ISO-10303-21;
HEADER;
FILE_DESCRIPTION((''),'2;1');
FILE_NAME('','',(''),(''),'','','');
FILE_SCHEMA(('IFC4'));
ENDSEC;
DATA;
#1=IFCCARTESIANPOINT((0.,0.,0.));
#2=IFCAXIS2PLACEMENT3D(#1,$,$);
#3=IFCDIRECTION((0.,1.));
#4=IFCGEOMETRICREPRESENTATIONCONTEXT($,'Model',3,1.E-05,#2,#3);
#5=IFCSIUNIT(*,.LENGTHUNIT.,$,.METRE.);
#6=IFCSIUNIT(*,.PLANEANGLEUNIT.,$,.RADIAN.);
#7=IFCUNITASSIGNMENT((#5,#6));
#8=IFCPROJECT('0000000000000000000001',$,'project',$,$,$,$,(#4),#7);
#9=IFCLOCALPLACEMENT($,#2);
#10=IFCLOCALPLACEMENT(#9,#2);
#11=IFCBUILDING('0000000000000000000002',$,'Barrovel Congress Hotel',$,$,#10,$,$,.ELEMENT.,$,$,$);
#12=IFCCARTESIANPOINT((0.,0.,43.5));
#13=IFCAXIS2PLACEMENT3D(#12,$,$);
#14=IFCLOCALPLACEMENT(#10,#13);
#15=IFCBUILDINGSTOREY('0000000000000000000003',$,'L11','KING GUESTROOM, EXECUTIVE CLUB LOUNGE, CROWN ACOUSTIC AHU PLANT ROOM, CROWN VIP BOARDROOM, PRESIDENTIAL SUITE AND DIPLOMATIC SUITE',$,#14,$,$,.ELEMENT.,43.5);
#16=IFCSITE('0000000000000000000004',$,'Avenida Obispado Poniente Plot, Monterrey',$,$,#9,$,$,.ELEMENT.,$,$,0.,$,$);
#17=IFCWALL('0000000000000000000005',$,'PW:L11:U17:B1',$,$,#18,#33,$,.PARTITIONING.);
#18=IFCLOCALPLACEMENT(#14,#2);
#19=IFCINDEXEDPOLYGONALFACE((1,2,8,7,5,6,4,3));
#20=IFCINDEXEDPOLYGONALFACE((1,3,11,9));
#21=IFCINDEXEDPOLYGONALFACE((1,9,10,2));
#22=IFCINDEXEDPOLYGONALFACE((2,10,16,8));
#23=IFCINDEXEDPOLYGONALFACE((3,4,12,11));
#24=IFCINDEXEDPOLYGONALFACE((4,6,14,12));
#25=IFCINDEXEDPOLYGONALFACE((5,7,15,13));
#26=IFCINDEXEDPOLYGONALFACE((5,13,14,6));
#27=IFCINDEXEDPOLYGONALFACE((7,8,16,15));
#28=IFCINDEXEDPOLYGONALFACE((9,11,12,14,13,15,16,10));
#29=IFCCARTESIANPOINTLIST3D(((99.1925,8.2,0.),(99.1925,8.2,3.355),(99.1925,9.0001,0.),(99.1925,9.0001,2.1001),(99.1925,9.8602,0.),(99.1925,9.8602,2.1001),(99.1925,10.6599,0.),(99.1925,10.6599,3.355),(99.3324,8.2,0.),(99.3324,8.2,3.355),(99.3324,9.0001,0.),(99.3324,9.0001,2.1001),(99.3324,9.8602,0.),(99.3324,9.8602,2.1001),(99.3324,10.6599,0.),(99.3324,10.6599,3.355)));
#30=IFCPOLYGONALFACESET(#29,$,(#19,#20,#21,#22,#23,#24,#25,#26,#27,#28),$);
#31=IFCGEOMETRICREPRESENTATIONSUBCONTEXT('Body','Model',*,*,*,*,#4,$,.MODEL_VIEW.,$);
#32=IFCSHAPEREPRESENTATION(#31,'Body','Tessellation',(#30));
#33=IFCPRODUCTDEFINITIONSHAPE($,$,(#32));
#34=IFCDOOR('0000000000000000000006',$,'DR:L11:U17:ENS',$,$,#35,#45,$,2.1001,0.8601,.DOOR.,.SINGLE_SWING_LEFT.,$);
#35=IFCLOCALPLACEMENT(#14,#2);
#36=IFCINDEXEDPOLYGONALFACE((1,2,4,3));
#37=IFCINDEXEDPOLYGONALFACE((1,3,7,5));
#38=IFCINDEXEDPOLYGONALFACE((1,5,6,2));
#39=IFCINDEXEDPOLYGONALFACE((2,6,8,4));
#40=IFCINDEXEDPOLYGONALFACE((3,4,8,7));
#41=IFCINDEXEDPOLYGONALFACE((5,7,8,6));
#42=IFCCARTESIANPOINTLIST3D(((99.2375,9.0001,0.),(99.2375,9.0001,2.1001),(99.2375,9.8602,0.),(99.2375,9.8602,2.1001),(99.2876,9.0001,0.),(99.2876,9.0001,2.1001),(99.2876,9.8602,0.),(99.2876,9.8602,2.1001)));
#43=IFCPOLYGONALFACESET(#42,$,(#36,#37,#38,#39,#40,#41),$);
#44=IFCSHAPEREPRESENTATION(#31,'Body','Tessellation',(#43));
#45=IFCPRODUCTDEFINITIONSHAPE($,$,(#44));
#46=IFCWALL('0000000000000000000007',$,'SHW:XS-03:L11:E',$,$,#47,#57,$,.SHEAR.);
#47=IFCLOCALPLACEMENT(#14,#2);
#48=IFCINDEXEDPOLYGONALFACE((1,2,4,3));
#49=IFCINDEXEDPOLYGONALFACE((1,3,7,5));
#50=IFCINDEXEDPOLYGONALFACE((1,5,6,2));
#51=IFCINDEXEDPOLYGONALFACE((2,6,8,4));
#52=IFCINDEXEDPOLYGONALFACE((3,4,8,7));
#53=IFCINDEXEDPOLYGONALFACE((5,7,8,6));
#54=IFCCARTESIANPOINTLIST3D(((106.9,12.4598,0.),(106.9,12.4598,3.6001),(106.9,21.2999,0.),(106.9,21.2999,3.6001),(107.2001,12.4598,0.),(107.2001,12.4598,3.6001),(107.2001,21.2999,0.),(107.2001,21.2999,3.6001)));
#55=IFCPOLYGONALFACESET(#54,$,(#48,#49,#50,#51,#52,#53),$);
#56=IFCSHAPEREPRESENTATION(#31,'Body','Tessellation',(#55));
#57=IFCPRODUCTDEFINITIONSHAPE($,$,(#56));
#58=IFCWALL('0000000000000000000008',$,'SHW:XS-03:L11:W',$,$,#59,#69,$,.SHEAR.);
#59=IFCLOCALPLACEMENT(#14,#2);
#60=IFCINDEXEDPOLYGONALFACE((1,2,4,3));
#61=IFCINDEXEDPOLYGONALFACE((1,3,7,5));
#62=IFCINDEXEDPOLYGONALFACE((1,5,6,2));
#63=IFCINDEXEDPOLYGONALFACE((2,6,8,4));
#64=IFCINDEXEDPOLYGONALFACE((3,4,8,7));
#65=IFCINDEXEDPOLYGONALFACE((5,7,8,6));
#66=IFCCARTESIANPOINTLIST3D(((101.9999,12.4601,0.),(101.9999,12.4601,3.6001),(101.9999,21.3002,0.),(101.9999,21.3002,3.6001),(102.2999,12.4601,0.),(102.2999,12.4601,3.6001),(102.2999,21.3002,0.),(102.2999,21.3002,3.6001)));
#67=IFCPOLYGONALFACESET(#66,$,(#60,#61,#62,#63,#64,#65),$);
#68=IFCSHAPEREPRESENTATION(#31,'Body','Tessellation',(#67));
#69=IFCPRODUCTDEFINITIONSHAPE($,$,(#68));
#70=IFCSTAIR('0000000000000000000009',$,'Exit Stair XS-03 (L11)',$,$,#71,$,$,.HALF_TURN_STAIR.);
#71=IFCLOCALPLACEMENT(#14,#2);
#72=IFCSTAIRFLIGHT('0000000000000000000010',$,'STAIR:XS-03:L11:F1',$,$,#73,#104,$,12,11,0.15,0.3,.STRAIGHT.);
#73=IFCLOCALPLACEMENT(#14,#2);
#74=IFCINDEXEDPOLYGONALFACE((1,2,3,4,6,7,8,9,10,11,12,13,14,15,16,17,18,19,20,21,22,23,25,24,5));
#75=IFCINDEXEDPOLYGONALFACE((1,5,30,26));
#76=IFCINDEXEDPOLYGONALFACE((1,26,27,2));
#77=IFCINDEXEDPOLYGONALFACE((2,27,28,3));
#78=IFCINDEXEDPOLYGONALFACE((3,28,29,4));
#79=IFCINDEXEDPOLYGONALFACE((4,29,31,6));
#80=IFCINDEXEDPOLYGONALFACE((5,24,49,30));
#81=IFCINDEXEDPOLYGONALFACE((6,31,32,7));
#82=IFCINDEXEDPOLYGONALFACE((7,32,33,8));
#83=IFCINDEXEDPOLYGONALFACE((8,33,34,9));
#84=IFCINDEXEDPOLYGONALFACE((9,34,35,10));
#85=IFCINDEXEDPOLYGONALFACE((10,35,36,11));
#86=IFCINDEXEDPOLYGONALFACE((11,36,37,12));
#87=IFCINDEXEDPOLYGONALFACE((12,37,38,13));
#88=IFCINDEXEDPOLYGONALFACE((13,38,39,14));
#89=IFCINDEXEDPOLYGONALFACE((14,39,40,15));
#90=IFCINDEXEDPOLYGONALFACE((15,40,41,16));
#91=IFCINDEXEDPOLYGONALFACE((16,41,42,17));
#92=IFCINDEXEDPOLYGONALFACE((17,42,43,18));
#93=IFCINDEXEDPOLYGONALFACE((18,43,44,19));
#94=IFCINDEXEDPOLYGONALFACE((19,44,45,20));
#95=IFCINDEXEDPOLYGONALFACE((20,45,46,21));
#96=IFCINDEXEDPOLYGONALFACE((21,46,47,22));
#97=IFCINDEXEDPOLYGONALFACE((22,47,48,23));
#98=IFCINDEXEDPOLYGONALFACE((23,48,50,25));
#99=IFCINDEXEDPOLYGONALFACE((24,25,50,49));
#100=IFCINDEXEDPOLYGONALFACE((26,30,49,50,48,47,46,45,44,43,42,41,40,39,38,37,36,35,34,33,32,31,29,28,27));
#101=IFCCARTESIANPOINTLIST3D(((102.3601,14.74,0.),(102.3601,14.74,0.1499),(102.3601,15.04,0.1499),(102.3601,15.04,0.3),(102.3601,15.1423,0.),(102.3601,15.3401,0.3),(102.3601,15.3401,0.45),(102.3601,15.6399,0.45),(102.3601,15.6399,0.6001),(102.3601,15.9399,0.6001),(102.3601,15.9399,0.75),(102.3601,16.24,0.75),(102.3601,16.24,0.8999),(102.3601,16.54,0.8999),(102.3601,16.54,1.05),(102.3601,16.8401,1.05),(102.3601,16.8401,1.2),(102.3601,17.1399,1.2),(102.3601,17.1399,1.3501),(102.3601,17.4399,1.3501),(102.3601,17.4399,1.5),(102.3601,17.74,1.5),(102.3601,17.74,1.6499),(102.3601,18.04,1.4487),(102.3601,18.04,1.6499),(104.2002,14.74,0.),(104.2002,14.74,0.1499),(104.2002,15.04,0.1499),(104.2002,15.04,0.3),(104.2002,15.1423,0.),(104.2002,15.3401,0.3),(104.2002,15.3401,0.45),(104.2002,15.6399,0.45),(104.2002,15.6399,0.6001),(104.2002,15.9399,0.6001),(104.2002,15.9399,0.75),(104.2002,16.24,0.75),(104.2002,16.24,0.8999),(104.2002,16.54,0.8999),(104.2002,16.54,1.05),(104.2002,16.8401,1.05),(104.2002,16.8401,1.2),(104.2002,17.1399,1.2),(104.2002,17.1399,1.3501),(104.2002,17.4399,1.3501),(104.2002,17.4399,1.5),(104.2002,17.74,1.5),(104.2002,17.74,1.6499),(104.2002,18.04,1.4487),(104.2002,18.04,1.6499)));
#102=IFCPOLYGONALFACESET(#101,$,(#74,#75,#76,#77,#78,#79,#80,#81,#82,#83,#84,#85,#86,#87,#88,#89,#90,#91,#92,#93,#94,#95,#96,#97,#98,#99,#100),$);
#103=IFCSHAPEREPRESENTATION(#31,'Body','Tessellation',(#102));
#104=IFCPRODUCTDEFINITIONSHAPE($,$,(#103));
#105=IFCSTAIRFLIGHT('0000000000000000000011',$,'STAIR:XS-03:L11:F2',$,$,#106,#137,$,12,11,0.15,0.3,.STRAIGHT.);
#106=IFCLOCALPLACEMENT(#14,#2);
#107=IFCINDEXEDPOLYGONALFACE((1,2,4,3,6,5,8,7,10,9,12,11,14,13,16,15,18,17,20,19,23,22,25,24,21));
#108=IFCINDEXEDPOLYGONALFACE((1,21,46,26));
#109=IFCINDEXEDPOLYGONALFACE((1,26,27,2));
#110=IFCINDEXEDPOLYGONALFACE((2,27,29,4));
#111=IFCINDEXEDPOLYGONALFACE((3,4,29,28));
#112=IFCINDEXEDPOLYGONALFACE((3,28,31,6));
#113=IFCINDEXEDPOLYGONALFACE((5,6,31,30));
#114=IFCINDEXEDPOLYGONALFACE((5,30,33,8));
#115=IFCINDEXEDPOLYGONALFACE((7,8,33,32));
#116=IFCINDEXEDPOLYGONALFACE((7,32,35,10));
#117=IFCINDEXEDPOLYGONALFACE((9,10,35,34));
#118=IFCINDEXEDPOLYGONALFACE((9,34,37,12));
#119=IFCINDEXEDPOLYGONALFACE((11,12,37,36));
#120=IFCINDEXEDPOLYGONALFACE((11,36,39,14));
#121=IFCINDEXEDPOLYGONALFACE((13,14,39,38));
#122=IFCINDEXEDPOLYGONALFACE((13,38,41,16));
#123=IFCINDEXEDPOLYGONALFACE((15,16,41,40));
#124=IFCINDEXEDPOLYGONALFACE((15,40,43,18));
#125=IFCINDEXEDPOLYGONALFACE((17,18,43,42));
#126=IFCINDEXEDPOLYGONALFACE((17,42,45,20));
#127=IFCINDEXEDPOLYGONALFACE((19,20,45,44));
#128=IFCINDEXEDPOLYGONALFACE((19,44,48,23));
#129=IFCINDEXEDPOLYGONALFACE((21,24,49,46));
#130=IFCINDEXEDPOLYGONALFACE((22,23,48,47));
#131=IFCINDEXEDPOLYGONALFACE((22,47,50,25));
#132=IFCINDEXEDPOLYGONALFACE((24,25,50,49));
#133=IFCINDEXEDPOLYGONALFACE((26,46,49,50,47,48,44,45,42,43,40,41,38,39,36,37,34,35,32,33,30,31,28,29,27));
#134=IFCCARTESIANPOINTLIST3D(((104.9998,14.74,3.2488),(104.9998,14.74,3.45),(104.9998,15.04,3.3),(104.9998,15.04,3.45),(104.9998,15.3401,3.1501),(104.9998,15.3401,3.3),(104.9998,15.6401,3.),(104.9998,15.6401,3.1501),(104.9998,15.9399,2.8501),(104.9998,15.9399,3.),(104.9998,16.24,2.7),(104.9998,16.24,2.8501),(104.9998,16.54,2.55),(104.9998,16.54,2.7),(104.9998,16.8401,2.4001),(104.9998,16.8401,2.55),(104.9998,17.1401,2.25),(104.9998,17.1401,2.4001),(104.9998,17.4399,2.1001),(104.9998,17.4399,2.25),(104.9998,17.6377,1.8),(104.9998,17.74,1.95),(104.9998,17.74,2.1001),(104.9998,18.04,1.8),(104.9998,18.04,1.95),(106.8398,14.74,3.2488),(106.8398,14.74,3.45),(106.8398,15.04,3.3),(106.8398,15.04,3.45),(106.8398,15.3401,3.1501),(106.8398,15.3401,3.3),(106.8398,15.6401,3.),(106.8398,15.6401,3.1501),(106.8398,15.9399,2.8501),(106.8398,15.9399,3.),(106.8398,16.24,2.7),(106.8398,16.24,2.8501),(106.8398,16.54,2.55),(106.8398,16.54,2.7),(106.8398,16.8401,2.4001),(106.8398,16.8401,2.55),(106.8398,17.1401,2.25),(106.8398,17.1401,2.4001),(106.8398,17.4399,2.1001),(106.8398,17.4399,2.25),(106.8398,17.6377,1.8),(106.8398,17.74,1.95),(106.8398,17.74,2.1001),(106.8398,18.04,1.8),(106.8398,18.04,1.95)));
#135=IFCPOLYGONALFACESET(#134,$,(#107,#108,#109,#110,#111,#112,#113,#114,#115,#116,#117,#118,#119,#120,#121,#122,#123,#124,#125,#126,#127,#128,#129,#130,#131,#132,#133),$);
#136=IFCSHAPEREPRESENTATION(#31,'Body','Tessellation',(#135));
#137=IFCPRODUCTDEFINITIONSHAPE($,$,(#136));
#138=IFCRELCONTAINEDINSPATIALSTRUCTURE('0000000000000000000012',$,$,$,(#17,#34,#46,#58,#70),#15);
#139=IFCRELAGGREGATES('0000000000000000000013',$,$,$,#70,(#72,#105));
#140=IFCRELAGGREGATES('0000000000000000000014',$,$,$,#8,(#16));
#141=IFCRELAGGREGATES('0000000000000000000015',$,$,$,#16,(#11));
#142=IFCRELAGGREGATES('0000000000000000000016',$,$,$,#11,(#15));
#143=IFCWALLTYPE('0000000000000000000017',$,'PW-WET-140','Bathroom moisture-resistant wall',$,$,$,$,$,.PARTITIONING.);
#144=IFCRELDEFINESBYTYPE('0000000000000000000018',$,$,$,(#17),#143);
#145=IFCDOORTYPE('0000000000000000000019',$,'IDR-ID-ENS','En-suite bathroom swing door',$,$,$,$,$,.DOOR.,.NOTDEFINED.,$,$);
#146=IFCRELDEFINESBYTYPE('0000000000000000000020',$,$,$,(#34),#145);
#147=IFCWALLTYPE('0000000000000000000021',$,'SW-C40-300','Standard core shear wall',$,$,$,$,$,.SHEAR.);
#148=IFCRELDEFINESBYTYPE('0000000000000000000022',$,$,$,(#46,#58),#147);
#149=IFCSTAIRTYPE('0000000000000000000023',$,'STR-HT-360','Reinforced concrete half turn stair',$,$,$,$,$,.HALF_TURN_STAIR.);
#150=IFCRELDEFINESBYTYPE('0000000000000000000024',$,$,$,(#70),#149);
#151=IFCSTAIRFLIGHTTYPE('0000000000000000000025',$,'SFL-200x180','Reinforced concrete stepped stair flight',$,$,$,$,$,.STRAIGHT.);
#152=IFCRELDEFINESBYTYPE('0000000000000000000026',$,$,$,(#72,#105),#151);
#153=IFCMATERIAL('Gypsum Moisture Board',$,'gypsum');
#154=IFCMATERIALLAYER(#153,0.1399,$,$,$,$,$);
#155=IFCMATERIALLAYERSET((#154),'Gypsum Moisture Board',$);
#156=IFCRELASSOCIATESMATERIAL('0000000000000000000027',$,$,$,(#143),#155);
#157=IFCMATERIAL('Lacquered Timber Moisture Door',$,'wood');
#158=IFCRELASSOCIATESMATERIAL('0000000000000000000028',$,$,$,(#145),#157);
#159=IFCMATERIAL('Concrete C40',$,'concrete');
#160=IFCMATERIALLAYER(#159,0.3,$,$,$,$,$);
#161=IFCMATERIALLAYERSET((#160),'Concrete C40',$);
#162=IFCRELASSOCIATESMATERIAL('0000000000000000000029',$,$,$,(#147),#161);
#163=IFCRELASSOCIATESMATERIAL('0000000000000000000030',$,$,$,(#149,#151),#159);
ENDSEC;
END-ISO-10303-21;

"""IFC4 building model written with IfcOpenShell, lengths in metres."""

from ifc_helpers import new_model, si_unit, direction, frame, frame_2d, origin, place, context, subcontext, project, spatial, polyline, rectangle, outline, extrude, material, layer, layer_set, type_object, element, fill, aggregate, save


model = new_model("IFC4")

# Units and contexts
model_context = context("Model", 3, precision=1e-05, world=origin(), true_north=direction((0.0, 1.0)))
body_context = subcontext(model_context, "Body", "Model", "MODEL_VIEW")
ifc_project = project(units=[si_unit("LENGTHUNIT", "METRE"), si_unit("PLANEANGLEUNIT", "RADIAN")], contexts=[model_context])

# Site, building, storey
site_placement = place(None, origin())
site = spatial("IfcSite", under=ifc_project, at=site_placement, Name="Avenida Obispado Poniente Plot, Monterrey", CompositionType="ELEMENT", RefElevation=0.0)
building_placement = place(site_placement, origin())
building = spatial("IfcBuilding", under=site, at=building_placement, Name="Barrovel Congress Hotel", CompositionType="ELEMENT")
storey_placement = place(building_placement, frame((0.0, 0.0, 43.5)))
storey = spatial("IfcBuildingStorey", under=building, at=storey_placement, Name="L11", Description="KING GUESTROOM, EXECUTIVE CLUB LOUNGE, CROWN ACOUSTIC AHU PLANT ROOM, CROWN VIP BOARDROOM, PRESIDENTIAL SUITE AND DIPLOMATIC SUITE", CompositionType="ELEMENT", Elevation=43.5)

# Shared definitions
ifc_material_1 = material(Name="Concrete C40", Category="concrete")

# Wall, opening, door
ifc_material_2 = material(Name="Gypsum Moisture Board", Category="gypsum")
ifc_layer_1 = layer(ifc_material_2, 0.1399)
ifc_layer_set_1 = layer_set([ifc_layer_1], Name="Gypsum Moisture Board")
wall_type_1 = type_object("IfcWallType", Name="PW-WET-140", Description="Bathroom moisture-resistant wall", PredefinedType="PARTITIONING", material=ifc_layer_set_1)
ifc_material_3 = material(Name="Lacquered Timber Moisture Door", Category="wood")
door_type_1 = type_object("IfcDoorType", Name="IDR-ID-ENS", Description="En-suite bathroom swing door", OperationType="NOTDEFINED", PredefinedType="DOOR", material=ifc_material_3)
wall_1_placement = place(storey_placement, frame((99.2625, 8.2, 0.0), z_axis=(0.0, 0.0, 1.0), x_axis=(0.0, 1.0, 0.0)))
wall_1 = element("IfcWall", 1, at=wall_1_placement, inside=storey, type_object=wall_type_1, Name="PW:L11:U17:B1", PredefinedType="PARTITIONING", context=body_context, shape_type="SweptSolid", body=[
    extrude(rectangle(XDim=2.46, YDim=0.1399, at=frame_2d((1.23, 0.0))), origin(), (0.0, 0.0, 1.0), 3.355),
])
opening_1_placement = place(wall_1_placement, frame((0.8, 0.0, 0.0)))
opening_1 = element("IfcOpeningElement", 2, at=opening_1_placement, cuts=wall_1, PredefinedType="OPENING", context=body_context, shape_type="SweptSolid", body=[
    extrude(rectangle(XDim=0.8601, YDim=2.1001, at=frame_2d((0.4302, 1.05))), frame((0.0, 0.0801, 0.0), z_axis=(0.0, -1.0, 0.0), x_axis=(1.0, 0.0, 0.0)), (0.0, 0.0, 1.0), 0.1599),
])
door_1_placement = place(opening_1_placement, origin())
door_1 = element("IfcDoor", 3, at=door_1_placement, inside=storey, type_object=door_type_1, Name="DR:L11:U17:ENS", OperationType="SINGLE_SWING_LEFT", OverallHeight=2.1001, OverallWidth=0.8601, PredefinedType="DOOR", context=body_context, shape_type="SweptSolid", body=[
    extrude(rectangle(XDim=0.8601, YDim=2.1001, at=frame_2d((0.4302, 1.05))), frame((0.0, 0.0249, 0.0), z_axis=(0.0, -1.0, 0.0), x_axis=(1.0, 0.0, 0.0)), (0.0, 0.0, 1.0), 0.05),
])
fill(opening_1, door_1)
ifc_layer_2 = layer(ifc_material_1, 0.3)
ifc_layer_set_2 = layer_set([ifc_layer_2], Name="Concrete C40")
wall_type_2 = type_object("IfcWallType", Name="SW-C40-300", Description="Standard core shear wall", PredefinedType="SHEAR", material=ifc_layer_set_2)

# Walls
for number, where, z_axis, x_axis, name in (
    (4, (107.05, 12.46, 0.0), (0.0, 0.0, 1.0), (0.0, 1.0, 0.0), "SHW:XS-03:L11:E"),
    (5, (102.1499, 21.3, 0.0), (0.0, 0.0, 1.0), (0.0, -1.0, 0.0), "SHW:XS-03:L11:W"),
):
    element("IfcWall", number, at=place(storey_placement, frame(where, z_axis=z_axis, x_axis=x_axis)), inside=storey, type_object=wall_type_2, Name=name, PredefinedType="SHEAR", context=body_context, shape_type="SweptSolid", body=[
        extrude(rectangle(XDim=8.8401, YDim=0.3, at=frame_2d((4.4199, 0.0))), origin(), (0.0, 0.0, 1.0), 3.6001),
    ])

# Stair, stair flights
stair_type = type_object("IfcStairType", Name="STR-HT-360", Description="Reinforced concrete half turn stair", PredefinedType="HALF_TURN_STAIR", material=ifc_material_1)
stair_placement = place(storey_placement, origin())
stair = element("IfcStair", 6, at=stair_placement, inside=storey, type_object=stair_type, Name="Exit Stair XS-03 (L11)", PredefinedType="HALF_TURN_STAIR")
stair_flight_type = type_object("IfcStairFlightType", Name="SFL-200x180", Description="Reinforced concrete stepped stair flight", PredefinedType="STRAIGHT", material=ifc_material_1)
stair_flight_1_placement = place(storey_placement, frame((103.28, 14.74, 0.0), z_axis=(0.0, 0.0, 1.0), x_axis=(0.0, 1.0, 0.0)))
stair_flight_1 = element("IfcStairFlight", 7, at=stair_flight_1_placement, type_object=stair_flight_type, Name="STAIR:XS-03:L11:F1", NumberOfRisers=12, NumberOfTreads=11, PredefinedType="STRAIGHT", RiserHeight=0.15, TreadLength=0.3, context=body_context, shape_type="SweptSolid", body=[
    extrude(outline(polyline([(0.0, 0.0), (0.0, 0.1499), (0.3, 0.1499), (0.3, 0.3), (0.6001, 0.3), (0.6001, 0.45), (0.8999, 0.45), (0.8999, 0.6001), (1.2, 0.6001), (1.2, 0.75), (1.5, 0.75), (1.5, 0.8999), (1.8, 0.8999), (1.8, 1.05), (2.1001, 1.05), (2.1001, 1.2), (2.3999, 1.2), (2.3999, 1.3501), (2.7, 1.3501), (2.7, 1.5), (3.0, 1.5), (3.0, 1.6499), (3.3, 1.6499), (3.3, 1.8), (3.3, 1.4487), (0.4023, 0.0), (0.0, 0.0)])), frame((0.0, 0.9199, 0.0), z_axis=(0.0, -1.0, 0.0), x_axis=(1.0, 0.0, 0.0)), (0.0, 0.0, 1.0), 1.8401),
])
stair_flight_2_placement = place(storey_placement, frame((105.9199, 18.04, 1.8), z_axis=(0.0, 0.0, 1.0), x_axis=(0.0, -1.0, 0.0)))
stair_flight_2 = element("IfcStairFlight", 8, at=stair_flight_2_placement, type_object=stair_flight_type, Name="STAIR:XS-03:L11:F2", NumberOfRisers=12, NumberOfTreads=11, PredefinedType="STRAIGHT", RiserHeight=0.15, TreadLength=0.3, context=body_context, shape_type="SweptSolid", body=[
    extrude(outline(polyline([(0.0, 0.0), (0.0, 0.1499), (0.3, 0.1499), (0.3, 0.3), (0.6001, 0.3), (0.6001, 0.45), (0.8999, 0.45), (0.8999, 0.6001), (1.2, 0.6001), (1.2, 0.75), (1.5, 0.75), (1.5, 0.8999), (1.8, 0.8999), (1.8, 1.05), (2.1001, 1.05), (2.1001, 1.2), (2.3999, 1.2), (2.3999, 1.3501), (2.7, 1.3501), (2.7, 1.5), (3.0, 1.5), (3.0, 1.6499), (3.3, 1.6499), (3.3, 1.8), (3.3, 1.4487), (0.4023, 0.0), (0.0, 0.0)])), frame((0.0, 0.9199, 0.0), z_axis=(0.0, -1.0, 0.0), x_axis=(1.0, 0.0, 0.0)), (0.0, 0.0, 1.0), 1.8401),
])
aggregate(stair, [stair_flight_1, stair_flight_2])

save(model, "model.ifc")
